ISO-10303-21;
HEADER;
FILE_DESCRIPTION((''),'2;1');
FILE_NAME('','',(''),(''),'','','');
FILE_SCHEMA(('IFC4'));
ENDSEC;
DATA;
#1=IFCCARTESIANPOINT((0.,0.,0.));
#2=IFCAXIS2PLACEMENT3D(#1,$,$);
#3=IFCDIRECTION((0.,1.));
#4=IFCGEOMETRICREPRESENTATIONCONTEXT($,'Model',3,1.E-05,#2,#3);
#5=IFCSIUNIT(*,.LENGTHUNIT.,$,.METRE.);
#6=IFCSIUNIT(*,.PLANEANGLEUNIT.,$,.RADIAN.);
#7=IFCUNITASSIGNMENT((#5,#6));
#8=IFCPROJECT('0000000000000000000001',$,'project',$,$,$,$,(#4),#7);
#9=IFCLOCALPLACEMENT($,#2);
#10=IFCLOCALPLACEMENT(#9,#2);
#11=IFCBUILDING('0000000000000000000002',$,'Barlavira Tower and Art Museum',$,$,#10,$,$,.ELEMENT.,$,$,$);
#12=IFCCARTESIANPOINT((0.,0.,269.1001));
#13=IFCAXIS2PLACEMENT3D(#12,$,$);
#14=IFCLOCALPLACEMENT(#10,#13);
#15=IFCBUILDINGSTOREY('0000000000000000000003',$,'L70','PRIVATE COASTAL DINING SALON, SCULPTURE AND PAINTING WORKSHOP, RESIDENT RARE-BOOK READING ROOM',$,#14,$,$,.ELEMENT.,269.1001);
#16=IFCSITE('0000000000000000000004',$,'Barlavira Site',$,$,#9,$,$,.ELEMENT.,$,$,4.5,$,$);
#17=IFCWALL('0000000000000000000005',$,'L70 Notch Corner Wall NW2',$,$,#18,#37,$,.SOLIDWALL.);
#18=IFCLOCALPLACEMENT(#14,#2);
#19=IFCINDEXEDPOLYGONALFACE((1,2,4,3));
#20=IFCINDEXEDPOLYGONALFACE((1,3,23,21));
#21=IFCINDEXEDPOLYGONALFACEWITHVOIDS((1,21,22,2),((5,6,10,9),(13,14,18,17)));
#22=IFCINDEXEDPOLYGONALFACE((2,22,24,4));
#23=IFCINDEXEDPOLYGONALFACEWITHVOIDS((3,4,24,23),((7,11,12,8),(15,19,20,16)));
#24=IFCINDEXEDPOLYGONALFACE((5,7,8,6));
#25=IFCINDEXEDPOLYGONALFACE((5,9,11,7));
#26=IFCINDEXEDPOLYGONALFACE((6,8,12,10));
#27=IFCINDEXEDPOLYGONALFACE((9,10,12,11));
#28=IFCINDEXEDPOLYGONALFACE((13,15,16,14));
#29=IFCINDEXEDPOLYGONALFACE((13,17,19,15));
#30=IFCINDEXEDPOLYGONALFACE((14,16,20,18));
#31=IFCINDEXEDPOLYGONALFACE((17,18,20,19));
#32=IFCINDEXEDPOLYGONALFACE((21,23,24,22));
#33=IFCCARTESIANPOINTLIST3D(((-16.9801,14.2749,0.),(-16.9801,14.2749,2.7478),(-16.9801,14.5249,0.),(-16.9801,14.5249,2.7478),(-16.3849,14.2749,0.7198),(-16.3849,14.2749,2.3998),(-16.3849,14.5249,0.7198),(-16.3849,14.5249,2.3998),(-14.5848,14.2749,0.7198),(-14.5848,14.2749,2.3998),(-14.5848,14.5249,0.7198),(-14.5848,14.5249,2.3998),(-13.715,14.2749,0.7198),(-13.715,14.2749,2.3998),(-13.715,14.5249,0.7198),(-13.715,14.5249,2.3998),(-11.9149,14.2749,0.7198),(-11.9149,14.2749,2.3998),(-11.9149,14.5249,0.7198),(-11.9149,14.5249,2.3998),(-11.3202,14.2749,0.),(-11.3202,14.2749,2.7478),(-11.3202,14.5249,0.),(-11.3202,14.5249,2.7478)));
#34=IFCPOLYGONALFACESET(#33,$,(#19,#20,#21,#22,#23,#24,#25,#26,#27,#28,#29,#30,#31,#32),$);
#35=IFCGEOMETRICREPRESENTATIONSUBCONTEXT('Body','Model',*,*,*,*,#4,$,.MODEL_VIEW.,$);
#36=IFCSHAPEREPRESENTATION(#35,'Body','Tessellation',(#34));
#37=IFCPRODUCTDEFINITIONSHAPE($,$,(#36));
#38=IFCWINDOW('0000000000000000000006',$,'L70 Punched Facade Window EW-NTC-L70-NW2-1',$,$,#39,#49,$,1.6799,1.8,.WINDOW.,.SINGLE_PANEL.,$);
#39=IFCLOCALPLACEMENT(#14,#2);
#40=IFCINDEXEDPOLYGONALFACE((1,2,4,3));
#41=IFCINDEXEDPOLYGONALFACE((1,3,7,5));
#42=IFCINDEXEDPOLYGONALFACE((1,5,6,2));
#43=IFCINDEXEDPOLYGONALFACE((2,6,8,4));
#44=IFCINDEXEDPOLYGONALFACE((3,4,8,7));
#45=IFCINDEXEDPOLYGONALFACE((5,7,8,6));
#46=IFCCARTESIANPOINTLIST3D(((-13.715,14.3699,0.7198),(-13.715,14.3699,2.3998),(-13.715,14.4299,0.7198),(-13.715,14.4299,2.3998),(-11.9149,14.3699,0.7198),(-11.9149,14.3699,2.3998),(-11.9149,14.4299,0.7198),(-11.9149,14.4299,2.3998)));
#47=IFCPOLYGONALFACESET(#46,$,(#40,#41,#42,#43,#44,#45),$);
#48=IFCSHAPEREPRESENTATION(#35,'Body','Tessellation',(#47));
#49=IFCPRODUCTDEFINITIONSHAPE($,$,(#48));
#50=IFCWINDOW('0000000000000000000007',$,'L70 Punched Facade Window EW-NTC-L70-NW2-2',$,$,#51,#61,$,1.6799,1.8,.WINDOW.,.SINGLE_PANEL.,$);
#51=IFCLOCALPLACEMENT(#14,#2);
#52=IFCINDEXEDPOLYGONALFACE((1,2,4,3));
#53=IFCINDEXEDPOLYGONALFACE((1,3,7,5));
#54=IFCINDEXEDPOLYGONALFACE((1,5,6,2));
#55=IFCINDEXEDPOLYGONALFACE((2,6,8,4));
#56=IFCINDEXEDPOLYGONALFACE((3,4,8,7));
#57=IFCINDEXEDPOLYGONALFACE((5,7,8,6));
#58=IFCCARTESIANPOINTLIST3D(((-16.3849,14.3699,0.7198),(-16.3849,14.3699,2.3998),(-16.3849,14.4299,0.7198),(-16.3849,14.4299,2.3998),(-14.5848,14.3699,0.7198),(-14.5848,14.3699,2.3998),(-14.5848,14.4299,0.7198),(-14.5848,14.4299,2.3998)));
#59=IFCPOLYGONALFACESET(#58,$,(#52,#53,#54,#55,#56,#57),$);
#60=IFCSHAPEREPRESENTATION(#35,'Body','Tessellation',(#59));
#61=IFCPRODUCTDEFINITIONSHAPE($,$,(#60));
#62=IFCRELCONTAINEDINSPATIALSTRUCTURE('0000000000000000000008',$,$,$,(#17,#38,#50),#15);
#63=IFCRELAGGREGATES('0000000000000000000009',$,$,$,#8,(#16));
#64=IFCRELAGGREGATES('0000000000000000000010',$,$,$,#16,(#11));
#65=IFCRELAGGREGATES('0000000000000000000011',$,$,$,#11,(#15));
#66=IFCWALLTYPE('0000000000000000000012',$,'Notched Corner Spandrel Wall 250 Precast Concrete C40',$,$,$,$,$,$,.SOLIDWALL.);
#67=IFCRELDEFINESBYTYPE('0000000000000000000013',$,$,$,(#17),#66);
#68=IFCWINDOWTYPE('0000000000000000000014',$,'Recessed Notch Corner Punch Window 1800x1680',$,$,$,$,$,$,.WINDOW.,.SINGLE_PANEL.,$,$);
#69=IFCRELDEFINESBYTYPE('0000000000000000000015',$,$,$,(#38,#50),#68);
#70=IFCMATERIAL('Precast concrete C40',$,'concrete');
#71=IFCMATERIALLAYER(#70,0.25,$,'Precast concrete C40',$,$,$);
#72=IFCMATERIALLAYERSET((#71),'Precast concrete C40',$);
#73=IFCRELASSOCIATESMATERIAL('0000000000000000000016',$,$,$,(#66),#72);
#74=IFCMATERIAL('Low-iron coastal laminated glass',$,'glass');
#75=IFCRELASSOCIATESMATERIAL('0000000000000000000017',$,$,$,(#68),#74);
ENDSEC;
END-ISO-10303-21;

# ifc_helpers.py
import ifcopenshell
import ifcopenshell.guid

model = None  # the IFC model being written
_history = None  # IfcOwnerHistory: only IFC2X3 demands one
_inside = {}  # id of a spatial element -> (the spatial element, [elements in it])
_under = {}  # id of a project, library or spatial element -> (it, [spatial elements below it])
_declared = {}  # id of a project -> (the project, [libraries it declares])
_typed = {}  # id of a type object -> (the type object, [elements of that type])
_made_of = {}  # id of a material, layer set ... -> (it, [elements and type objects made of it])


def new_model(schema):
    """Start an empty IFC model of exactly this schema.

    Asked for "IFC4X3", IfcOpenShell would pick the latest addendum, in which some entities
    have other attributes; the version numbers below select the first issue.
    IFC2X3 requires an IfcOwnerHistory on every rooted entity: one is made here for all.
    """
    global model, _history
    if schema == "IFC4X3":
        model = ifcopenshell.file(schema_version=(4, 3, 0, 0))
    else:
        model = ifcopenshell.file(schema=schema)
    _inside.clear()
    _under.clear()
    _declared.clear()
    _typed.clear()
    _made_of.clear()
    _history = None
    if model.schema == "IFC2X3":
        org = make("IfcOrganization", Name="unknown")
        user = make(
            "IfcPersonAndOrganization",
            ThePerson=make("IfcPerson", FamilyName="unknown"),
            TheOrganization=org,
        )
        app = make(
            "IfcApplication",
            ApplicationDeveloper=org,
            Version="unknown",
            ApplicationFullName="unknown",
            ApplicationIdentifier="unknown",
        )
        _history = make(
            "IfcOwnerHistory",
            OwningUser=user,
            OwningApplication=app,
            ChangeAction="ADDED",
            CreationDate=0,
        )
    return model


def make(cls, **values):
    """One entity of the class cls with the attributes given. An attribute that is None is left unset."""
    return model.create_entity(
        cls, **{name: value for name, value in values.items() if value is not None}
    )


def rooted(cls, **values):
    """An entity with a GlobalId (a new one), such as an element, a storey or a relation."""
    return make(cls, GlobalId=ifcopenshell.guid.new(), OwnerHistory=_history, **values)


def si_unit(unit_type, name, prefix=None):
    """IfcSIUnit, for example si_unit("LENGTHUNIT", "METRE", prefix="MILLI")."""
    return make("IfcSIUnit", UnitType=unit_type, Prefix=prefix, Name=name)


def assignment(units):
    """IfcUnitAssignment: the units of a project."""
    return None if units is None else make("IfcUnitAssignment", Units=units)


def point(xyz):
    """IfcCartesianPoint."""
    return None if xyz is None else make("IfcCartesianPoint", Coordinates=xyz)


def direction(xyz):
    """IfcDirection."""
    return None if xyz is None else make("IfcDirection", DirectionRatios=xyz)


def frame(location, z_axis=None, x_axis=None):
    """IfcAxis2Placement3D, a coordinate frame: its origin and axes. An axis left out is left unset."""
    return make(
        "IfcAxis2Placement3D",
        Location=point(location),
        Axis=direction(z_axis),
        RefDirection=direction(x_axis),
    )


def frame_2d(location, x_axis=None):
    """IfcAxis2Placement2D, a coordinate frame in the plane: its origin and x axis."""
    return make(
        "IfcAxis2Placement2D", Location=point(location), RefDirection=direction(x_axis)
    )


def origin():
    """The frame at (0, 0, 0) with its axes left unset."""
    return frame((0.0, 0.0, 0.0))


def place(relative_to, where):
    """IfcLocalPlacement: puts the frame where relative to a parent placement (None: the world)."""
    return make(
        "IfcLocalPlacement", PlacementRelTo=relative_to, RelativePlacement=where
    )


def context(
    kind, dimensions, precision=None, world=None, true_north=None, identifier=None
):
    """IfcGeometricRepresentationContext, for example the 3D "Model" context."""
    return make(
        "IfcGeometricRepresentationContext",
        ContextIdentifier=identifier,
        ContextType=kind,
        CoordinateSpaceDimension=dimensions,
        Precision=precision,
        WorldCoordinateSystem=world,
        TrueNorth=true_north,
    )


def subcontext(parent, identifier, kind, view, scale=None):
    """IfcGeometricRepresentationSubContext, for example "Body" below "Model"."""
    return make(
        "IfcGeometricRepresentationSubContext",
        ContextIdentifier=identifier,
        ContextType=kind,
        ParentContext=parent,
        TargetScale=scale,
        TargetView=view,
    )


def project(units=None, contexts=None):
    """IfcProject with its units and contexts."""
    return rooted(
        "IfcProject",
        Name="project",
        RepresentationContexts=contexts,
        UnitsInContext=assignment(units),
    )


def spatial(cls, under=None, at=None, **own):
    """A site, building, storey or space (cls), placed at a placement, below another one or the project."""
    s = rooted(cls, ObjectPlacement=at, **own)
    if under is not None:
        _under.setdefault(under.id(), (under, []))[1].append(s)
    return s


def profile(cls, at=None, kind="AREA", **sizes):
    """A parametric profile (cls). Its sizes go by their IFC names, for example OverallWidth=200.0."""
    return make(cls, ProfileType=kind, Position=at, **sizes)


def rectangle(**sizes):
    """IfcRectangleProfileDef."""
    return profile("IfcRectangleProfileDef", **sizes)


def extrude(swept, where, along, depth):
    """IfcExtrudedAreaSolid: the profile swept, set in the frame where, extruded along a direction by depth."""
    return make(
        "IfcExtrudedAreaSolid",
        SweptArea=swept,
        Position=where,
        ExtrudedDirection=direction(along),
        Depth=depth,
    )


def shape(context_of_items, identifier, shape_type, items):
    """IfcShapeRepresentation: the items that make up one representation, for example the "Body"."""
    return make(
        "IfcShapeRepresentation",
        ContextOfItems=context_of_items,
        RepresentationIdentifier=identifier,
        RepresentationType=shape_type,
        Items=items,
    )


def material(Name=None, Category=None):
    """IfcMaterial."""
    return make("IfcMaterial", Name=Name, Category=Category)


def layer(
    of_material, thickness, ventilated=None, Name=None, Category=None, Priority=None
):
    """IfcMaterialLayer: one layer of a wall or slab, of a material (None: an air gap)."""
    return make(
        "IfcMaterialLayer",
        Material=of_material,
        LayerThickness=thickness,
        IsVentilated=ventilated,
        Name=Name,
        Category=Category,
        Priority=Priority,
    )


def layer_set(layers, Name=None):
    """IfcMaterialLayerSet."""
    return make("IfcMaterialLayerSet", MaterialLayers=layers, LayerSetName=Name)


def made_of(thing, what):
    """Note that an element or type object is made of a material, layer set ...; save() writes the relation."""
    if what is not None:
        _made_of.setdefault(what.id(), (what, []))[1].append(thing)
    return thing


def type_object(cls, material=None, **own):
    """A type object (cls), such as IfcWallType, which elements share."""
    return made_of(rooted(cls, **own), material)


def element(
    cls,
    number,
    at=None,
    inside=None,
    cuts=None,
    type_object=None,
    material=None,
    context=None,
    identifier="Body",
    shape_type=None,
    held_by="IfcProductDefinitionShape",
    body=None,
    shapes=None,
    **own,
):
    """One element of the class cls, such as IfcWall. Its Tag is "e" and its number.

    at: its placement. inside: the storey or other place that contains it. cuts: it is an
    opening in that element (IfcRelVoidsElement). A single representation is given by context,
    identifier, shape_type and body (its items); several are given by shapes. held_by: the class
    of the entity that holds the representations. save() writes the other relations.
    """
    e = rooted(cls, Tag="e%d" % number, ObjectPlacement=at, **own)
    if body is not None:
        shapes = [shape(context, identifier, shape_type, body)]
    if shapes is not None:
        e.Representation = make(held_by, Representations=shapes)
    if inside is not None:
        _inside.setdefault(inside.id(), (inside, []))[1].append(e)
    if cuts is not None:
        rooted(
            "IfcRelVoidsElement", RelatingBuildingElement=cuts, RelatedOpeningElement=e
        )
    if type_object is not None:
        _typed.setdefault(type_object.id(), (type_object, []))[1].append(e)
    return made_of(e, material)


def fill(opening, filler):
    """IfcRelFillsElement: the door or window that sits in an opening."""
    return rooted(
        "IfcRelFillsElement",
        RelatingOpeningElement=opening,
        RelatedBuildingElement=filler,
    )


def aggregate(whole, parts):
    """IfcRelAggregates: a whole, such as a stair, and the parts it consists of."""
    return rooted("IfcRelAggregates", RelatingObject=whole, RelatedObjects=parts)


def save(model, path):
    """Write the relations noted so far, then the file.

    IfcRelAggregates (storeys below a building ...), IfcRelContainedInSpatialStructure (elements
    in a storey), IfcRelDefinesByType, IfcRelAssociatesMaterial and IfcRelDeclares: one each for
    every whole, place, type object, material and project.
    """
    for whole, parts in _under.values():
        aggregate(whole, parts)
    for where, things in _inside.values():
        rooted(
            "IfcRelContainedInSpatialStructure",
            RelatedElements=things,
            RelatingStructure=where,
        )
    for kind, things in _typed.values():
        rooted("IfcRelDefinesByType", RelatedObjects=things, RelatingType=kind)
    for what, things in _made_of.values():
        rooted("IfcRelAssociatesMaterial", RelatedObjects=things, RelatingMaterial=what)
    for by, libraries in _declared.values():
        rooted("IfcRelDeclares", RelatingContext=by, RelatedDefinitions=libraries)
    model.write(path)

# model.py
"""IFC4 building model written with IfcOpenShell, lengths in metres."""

from ifc_helpers import new_model, si_unit, direction, frame, frame_2d, origin, place, context, subcontext, project, spatial, rectangle, extrude, material, layer, layer_set, type_object, element, fill, save


model = new_model("IFC4")

# Units and contexts
model_context = context("Model", 3, precision=1e-05, world=origin(), true_north=direction((0.0, 1.0)))
body_context = subcontext(model_context, "Body", "Model", "MODEL_VIEW")
ifc_project = project(units=[si_unit("LENGTHUNIT", "METRE"), si_unit("PLANEANGLEUNIT", "RADIAN")], contexts=[model_context])

# Site, building, storey
site_placement = place(None, origin())
site = spatial("IfcSite", under=ifc_project, at=site_placement, Name="Barlavira Site", CompositionType="ELEMENT", RefElevation=4.5)
building_placement = place(site_placement, origin())
building = spatial("IfcBuilding", under=site, at=building_placement, Name="Barlavira Tower and Art Museum", CompositionType="ELEMENT")
storey_placement = place(building_placement, frame((0.0, 0.0, 269.1001)))
storey = spatial("IfcBuildingStorey", under=building, at=storey_placement, Name="L70", Description="PRIVATE COASTAL DINING SALON, SCULPTURE AND PAINTING WORKSHOP, RESIDENT RARE-BOOK READING ROOM", CompositionType="ELEMENT", Elevation=269.1001)

# Shared definitions
ifc_material_1 = material(Name="Precast concrete C40", Category="concrete")
ifc_layer_1 = layer(ifc_material_1, 0.25, Name="Precast concrete C40")
ifc_layer_set_1 = layer_set([ifc_layer_1], Name="Precast concrete C40")
wall_type_1 = type_object("IfcWallType", Name="Notched Corner Spandrel Wall 250 Precast Concrete C40", PredefinedType="SOLIDWALL", material=ifc_layer_set_1)
ifc_material_2 = material(Name="Low-iron coastal laminated glass", Category="glass")
window_type = type_object("IfcWindowType", Name="Recessed Notch Corner Punch Window 1800x1680", PartitioningType="SINGLE_PANEL", PredefinedType="WINDOW", material=ifc_material_2)

# Wall, openings, windows
wall_1_placement = place(storey_placement, frame((-11.3201, 14.3999, 0.0), z_axis=(0.0, 0.0, 1.0), x_axis=(-1.0, 0.0, 0.0)))
wall_1 = element("IfcWall", 1, at=wall_1_placement, inside=storey, type_object=wall_type_1, Name="L70 Notch Corner Wall NW2", PredefinedType="SOLIDWALL", context=body_context, shape_type="SweptSolid", body=[
    extrude(rectangle(XDim=5.6599, YDim=0.25, at=frame_2d((2.8301, 0.0))), origin(), (0.0, 0.0, 1.0), 2.7478),
])
opening_1_placement = place(wall_1_placement, frame((0.595, 0.0, 0.72)))
opening_1 = element("IfcOpeningElement", 2, at=opening_1_placement, cuts=wall_1, PredefinedType="OPENING", context=body_context, shape_type="SweptSolid", body=[
    extrude(rectangle(XDim=1.8, YDim=1.6799, at=frame_2d((0.8999, 0.8398))), frame((0.0, 0.135, 0.0), z_axis=(0.0, -1.0, 0.0), x_axis=(1.0, 0.0, 0.0)), (0.0, 0.0, 1.0), 0.27),
])
opening_2_placement = place(wall_1_placement, frame((3.2649, 0.0, 0.72)))
opening_2 = element("IfcOpeningElement", 3, at=opening_2_placement, cuts=wall_1, PredefinedType="OPENING", context=body_context, shape_type="SweptSolid", body=[
    extrude(rectangle(XDim=1.8, YDim=1.6799, at=frame_2d((0.8999, 0.8398))), frame((0.0, 0.135, 0.0), z_axis=(0.0, -1.0, 0.0), x_axis=(1.0, 0.0, 0.0)), (0.0, 0.0, 1.0), 0.27),
])
window_1_placement = place(opening_1_placement, origin())
window_1 = element("IfcWindow", 4, at=window_1_placement, inside=storey, type_object=window_type, Name="L70 Punched Facade Window EW-NTC-L70-NW2-1", OverallHeight=1.6799, OverallWidth=1.8, PartitioningType="SINGLE_PANEL", PredefinedType="WINDOW", context=body_context, shape_type="SweptSolid", body=[
    extrude(rectangle(XDim=1.8, YDim=1.6799, at=frame_2d((0.8999, 0.8398))), frame((0.0, 0.03, 0.0), z_axis=(0.0, -1.0, 0.0), x_axis=(1.0, 0.0, 0.0)), (0.0, 0.0, 1.0), 0.0601),
])
fill(opening_1, window_1)
window_2_placement = place(opening_2_placement, origin())
window_2 = element("IfcWindow", 5, at=window_2_placement, inside=storey, type_object=window_type, Name="L70 Punched Facade Window EW-NTC-L70-NW2-2", OverallHeight=1.6799, OverallWidth=1.8, PartitioningType="SINGLE_PANEL", PredefinedType="WINDOW", context=body_context, shape_type="SweptSolid", body=[
    extrude(rectangle(XDim=1.8, YDim=1.6799, at=frame_2d((0.8999, 0.8398))), frame((0.0, 0.03, 0.0), z_axis=(0.0, -1.0, 0.0), x_axis=(1.0, 0.0, 0.0)), (0.0, 0.0, 1.0), 0.0601),
])
fill(opening_2, window_2)

save(model, "model.ifc")
